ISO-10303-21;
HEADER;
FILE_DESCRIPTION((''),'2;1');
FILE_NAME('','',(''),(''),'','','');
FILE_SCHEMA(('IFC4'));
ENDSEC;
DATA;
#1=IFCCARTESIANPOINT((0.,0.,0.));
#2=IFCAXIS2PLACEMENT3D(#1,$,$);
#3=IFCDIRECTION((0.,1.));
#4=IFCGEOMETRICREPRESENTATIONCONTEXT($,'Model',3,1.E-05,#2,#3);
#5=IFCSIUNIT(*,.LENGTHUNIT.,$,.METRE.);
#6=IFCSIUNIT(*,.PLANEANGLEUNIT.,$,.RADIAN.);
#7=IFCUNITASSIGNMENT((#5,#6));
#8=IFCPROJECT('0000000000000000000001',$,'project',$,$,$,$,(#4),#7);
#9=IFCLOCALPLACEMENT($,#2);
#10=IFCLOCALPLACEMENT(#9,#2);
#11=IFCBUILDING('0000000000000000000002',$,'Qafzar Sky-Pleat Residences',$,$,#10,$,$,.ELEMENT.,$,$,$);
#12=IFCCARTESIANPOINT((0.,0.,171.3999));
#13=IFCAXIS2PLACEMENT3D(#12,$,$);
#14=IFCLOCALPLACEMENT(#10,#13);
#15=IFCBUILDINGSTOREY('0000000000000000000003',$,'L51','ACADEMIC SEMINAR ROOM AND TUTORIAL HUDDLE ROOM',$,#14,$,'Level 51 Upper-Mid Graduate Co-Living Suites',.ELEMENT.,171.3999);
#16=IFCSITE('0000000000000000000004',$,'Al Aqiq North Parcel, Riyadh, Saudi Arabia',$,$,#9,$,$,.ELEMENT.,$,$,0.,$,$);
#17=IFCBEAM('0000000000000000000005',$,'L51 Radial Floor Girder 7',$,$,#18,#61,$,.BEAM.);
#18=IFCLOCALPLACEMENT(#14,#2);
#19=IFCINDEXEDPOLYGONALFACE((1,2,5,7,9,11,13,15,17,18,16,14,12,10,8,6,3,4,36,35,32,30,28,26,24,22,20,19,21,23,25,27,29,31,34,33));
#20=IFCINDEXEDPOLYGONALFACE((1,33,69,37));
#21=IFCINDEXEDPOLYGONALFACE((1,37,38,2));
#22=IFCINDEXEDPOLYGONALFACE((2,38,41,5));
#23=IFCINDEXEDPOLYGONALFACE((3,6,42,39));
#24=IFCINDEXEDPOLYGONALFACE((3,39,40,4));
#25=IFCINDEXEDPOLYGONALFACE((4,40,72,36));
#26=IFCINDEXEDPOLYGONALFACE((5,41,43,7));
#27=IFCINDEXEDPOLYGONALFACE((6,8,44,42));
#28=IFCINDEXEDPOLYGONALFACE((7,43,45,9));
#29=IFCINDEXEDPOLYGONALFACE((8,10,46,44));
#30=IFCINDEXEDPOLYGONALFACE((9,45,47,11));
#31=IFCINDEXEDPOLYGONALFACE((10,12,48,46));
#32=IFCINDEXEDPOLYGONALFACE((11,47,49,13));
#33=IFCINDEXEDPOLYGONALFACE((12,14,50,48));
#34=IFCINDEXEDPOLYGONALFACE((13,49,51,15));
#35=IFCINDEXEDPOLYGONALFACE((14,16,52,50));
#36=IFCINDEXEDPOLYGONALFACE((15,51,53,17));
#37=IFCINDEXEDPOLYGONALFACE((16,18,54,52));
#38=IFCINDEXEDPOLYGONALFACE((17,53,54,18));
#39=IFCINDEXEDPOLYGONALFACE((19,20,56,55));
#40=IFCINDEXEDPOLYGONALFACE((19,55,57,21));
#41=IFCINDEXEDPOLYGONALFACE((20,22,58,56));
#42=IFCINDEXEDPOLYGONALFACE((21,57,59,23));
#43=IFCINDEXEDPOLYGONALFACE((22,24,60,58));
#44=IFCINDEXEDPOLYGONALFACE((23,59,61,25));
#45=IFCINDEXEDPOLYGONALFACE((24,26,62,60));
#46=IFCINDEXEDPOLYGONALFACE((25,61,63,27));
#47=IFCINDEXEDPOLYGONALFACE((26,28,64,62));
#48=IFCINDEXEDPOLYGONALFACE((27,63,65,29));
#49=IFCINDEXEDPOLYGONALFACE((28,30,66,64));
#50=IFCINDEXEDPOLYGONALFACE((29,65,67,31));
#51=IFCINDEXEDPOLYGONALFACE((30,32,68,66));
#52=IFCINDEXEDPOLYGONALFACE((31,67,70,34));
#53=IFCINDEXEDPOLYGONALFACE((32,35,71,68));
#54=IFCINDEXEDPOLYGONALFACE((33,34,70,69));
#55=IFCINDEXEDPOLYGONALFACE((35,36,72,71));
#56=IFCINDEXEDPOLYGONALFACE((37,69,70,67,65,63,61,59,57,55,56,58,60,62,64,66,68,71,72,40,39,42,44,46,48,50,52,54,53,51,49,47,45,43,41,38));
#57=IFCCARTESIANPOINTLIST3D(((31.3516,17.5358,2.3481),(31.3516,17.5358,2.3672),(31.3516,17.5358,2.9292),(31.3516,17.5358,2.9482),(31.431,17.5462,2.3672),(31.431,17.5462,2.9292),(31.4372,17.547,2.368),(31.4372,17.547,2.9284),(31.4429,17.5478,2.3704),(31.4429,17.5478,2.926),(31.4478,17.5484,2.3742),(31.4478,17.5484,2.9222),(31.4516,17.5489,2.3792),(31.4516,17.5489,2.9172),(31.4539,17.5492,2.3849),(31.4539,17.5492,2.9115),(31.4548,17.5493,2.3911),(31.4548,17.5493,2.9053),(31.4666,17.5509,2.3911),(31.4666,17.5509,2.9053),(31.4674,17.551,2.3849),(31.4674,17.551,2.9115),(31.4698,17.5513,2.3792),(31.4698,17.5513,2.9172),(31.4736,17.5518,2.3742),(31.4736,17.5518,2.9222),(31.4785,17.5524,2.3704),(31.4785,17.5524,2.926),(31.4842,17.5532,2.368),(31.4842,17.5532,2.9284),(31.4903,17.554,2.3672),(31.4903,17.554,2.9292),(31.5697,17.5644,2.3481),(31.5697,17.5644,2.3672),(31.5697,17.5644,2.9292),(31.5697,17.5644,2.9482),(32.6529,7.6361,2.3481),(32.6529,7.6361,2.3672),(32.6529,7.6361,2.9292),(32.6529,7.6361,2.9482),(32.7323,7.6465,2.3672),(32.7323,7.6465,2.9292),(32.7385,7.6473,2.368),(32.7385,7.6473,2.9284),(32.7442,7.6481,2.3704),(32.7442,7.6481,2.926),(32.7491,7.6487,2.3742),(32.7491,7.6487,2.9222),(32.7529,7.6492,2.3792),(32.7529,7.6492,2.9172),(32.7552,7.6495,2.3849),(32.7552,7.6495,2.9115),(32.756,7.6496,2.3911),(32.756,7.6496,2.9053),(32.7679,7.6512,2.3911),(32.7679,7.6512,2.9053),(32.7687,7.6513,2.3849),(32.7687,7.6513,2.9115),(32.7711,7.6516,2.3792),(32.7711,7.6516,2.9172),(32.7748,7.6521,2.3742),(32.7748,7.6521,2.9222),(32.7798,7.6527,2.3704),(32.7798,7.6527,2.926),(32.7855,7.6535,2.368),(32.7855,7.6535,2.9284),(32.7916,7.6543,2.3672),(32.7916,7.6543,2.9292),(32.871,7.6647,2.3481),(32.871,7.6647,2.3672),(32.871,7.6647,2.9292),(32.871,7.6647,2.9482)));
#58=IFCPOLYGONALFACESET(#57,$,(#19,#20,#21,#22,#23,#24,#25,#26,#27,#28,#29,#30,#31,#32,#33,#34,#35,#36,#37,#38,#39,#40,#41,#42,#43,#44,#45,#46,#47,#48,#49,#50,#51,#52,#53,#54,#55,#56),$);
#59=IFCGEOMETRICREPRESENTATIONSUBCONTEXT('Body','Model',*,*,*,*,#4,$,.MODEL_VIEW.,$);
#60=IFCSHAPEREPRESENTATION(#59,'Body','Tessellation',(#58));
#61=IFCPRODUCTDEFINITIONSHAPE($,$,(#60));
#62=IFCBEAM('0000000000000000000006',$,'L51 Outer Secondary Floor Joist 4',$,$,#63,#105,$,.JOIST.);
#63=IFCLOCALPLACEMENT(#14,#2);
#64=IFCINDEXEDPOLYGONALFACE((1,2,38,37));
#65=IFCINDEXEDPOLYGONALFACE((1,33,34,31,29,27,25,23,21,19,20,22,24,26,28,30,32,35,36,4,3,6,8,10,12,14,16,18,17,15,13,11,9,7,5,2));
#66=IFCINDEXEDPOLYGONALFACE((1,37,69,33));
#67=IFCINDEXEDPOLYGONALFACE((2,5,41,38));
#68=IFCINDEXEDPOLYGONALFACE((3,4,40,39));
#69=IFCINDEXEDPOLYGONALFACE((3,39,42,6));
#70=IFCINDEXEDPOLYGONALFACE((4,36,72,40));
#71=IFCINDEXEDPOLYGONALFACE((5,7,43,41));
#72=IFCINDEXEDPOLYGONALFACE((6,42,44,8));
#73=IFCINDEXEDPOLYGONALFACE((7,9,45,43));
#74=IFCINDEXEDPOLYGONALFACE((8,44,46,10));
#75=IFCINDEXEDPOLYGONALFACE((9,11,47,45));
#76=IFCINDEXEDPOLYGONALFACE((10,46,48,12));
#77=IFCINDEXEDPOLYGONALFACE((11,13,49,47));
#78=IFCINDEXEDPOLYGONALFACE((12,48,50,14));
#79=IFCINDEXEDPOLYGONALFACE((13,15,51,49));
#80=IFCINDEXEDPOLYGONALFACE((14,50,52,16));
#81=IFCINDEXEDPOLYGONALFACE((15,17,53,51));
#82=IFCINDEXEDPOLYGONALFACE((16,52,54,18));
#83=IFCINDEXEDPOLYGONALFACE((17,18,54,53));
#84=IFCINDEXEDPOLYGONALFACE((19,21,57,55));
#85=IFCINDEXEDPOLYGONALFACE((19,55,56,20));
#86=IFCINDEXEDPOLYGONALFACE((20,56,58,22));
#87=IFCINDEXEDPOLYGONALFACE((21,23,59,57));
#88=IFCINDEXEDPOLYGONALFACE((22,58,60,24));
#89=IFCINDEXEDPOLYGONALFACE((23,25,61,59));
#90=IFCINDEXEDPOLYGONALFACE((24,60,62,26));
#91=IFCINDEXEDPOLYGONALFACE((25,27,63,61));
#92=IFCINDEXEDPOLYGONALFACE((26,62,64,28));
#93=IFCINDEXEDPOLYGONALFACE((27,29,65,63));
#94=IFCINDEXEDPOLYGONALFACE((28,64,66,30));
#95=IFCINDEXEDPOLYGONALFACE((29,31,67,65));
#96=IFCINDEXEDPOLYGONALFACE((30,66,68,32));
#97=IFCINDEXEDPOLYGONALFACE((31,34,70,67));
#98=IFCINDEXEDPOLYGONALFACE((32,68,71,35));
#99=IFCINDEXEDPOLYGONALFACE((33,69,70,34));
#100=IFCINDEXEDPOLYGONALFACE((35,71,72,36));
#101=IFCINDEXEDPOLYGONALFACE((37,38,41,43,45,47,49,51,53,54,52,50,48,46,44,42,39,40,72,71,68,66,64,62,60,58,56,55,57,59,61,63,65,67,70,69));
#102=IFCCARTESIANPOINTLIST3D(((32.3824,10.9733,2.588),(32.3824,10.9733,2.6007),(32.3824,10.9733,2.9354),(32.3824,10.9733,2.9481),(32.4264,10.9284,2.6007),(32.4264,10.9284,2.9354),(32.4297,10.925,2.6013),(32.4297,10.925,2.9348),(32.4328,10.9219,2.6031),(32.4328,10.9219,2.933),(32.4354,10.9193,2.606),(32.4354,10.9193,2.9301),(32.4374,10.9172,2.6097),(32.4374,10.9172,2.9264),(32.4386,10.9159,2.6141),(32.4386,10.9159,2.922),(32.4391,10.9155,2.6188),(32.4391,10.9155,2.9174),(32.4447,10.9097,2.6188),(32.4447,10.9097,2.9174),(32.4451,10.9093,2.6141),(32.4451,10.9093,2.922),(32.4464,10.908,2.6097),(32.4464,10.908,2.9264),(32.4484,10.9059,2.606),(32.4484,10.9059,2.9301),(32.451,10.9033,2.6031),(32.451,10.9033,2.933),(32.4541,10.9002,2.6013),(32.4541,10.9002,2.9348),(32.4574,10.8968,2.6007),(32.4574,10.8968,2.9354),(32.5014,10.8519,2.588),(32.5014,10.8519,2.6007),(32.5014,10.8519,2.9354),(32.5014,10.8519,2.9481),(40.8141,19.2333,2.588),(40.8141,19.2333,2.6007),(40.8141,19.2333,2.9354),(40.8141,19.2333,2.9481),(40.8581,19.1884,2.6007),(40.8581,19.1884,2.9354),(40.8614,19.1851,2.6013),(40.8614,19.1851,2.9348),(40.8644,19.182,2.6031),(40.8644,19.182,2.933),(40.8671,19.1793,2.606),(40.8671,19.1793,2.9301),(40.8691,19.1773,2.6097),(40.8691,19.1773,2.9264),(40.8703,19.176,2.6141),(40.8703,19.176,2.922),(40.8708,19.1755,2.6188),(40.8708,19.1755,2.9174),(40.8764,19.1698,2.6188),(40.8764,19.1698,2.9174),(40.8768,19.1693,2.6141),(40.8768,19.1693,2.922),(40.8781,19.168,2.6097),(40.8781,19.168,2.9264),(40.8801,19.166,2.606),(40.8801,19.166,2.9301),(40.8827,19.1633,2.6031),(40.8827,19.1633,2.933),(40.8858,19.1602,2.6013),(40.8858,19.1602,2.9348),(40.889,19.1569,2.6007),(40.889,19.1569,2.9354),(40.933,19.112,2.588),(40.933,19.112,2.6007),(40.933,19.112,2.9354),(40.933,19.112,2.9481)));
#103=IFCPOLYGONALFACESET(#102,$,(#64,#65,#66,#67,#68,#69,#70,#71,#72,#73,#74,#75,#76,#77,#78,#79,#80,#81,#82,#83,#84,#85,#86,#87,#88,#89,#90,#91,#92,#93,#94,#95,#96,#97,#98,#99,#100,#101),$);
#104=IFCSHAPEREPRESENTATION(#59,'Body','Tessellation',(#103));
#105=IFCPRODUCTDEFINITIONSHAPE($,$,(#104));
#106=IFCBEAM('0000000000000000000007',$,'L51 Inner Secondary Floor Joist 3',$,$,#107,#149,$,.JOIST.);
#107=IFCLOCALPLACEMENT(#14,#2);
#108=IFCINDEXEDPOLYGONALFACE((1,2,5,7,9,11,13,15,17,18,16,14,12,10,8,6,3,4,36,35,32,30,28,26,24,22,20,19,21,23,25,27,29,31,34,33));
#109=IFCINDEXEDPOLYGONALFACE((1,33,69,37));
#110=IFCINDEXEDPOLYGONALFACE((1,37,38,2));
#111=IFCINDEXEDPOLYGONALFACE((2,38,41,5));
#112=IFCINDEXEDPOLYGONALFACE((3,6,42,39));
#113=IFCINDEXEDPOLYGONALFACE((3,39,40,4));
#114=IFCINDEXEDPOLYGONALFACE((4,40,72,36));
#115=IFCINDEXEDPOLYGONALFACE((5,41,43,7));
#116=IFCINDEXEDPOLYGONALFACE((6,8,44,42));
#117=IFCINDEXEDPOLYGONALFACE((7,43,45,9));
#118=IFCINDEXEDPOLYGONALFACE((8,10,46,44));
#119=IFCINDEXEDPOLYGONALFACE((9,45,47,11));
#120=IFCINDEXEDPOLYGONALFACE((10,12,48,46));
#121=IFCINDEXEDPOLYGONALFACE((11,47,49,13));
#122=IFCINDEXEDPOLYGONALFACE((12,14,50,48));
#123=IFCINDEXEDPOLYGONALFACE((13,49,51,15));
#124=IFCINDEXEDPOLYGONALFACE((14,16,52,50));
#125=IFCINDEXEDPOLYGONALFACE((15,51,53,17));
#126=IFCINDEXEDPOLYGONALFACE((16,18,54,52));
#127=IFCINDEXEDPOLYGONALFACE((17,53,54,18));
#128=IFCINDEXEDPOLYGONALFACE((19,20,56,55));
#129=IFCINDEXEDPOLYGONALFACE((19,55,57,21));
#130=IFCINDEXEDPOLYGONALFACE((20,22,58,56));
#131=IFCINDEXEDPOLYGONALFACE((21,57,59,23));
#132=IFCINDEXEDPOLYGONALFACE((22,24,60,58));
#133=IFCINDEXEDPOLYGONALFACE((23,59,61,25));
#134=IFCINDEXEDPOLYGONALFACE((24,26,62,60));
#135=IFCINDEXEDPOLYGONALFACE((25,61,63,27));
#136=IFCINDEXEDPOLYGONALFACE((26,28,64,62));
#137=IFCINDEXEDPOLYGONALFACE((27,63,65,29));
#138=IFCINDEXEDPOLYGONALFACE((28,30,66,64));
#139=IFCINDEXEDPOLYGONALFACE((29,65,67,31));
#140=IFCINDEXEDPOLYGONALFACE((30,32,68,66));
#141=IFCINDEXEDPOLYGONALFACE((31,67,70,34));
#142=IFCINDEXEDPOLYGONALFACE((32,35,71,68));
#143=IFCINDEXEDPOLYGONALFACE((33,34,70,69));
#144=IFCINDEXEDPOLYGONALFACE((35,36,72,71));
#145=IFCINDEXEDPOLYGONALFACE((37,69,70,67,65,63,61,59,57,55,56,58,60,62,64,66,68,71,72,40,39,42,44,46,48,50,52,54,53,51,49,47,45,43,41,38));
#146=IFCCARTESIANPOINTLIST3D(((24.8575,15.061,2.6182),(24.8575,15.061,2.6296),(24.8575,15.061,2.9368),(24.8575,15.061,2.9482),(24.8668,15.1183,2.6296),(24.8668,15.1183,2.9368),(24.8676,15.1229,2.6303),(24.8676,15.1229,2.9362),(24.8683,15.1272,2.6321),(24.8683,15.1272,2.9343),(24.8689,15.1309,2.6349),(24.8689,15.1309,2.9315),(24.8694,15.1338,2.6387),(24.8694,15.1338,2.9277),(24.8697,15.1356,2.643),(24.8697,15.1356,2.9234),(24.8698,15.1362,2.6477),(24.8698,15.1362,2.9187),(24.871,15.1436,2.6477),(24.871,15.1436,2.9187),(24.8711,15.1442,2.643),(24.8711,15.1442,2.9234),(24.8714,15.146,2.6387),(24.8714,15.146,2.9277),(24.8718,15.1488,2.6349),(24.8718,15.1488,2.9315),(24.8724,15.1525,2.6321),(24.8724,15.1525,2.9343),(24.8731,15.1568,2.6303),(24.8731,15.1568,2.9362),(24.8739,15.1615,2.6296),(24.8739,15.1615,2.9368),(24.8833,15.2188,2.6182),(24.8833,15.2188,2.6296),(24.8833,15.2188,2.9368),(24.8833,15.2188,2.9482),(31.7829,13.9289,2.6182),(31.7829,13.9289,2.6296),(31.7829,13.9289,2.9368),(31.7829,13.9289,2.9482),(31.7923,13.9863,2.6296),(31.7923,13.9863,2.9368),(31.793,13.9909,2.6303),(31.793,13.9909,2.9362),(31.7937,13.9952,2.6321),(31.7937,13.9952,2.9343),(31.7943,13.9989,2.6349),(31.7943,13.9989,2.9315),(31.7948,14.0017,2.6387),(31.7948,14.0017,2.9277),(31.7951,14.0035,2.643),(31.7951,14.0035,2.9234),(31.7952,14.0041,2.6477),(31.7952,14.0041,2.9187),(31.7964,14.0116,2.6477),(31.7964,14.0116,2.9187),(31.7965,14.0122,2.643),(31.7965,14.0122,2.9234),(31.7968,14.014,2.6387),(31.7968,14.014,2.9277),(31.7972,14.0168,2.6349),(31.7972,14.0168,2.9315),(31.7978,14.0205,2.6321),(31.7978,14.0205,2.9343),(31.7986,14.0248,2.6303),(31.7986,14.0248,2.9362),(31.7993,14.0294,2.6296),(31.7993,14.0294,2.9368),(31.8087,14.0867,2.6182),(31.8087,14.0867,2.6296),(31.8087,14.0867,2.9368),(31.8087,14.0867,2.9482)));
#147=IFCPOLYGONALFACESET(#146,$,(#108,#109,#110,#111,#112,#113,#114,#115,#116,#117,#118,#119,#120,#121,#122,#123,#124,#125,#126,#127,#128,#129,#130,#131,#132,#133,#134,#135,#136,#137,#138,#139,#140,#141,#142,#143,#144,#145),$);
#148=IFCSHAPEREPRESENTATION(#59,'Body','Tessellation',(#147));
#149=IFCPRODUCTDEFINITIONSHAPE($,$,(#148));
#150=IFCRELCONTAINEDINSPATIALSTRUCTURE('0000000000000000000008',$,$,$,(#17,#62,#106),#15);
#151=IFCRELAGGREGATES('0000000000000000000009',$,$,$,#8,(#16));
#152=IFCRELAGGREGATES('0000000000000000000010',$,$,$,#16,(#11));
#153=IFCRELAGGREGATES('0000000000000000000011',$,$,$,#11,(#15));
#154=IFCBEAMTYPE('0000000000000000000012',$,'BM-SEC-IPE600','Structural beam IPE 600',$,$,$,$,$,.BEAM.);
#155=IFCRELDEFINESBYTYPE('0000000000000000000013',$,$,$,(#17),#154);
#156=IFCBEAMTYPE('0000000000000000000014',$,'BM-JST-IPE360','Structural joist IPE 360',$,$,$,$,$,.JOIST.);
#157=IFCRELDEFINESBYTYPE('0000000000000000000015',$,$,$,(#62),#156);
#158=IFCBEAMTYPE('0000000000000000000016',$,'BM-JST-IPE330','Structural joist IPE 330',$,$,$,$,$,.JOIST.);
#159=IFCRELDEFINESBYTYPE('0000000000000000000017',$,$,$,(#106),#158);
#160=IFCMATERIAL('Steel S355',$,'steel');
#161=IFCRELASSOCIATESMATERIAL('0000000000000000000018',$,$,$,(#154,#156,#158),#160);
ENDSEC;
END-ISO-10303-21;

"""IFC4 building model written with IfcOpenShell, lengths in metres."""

from ifc_helpers import new_model, si_unit, direction, frame, origin, origin_2d, place, context, subcontext, project, spatial, i_section, extrude, source, transform, mapped, material, material_profile, profile_set, type_object, element, save


model = new_model("IFC4")

# Units and contexts
model_context = context("Model", 3, precision=1e-05, world=origin(), true_north=direction((0.0, 1.0)))
body_context = subcontext(model_context, "Body", "Model", "MODEL_VIEW")
ifc_project = project(units=[si_unit("LENGTHUNIT", "METRE"), si_unit("PLANEANGLEUNIT", "RADIAN")], contexts=[model_context])

# Site, building, storey
site_placement = place(None, origin())
site = spatial("IfcSite", under=ifc_project, at=site_placement, Name="Al Aqiq North Parcel, Riyadh, Saudi Arabia", CompositionType="ELEMENT", RefElevation=0.0)
building_placement = place(site_placement, origin())
building = spatial("IfcBuilding", under=site, at=building_placement, Name="Qafzar Sky-Pleat Residences", CompositionType="ELEMENT")
storey_placement = place(building_placement, frame((0.0, 0.0, 171.3999)))
storey = spatial("IfcBuildingStorey", under=building, at=storey_placement, Name="L51", Description="ACADEMIC SEMINAR ROOM AND TUTORIAL HUDDLE ROOM", LongName="Level 51 Upper-Mid Graduate Co-Living Suites", CompositionType="ELEMENT", Elevation=171.3999)

# Shared definitions
ifc_material_1 = material(Name="Steel S355", Category="steel")

# Beams
ifc_material_profile_1 = material_profile(ifc_material_1, i_section(OverallWidth=0.22, OverallDepth=0.6001, WebThickness=0.012, FlangeThickness=0.019, FilletRadius=0.0239, at=origin_2d()), Name="IPE 600")
ifc_profile_set_1 = profile_set([ifc_material_profile_1], Name="Steel S355")
beam_type_1 = type_object("IfcBeamType", Name="BM-SEC-IPE600", Description="Structural beam IPE 600", PredefinedType="BEAM", material=ifc_profile_set_1)
shared_shape_1 = source(origin(), body_context, "Body", "SweptSolid", [
    extrude(i_section(OverallWidth=0.22, OverallDepth=0.6001, WebThickness=0.012, FlangeThickness=0.019, FilletRadius=0.0239, at=origin_2d()), origin(), (0.0, 0.0, 1.0), 9.9849),
])
beam_1_placement = place(storey_placement, frame((32.762, 7.6504, 2.6482), z_axis=(-0.130325, 0.991471, 0.0), x_axis=(-0.991471, -0.130325, 0.0)))
element("IfcBeam", 1, at=beam_1_placement, inside=storey, type_object=beam_type_1, Name="L51 Radial Floor Girder 7", PredefinedType="BEAM", context=body_context, shape_type="MappedRepresentation", body=[
    mapped(shared_shape_1, transform((0.0, 0.0, 0.0), x_axis=(1.0, 0.0, 0.0), y_axis=(0.0, 1.0, 0.0), z_axis=(0.0, 0.0, 1.0), scale=1.0)),
])
ifc_material_profile_2 = material_profile(ifc_material_1, i_section(OverallWidth=0.1699, OverallDepth=0.3601, WebThickness=0.0081, FlangeThickness=0.0127, FilletRadius=0.0181, at=origin_2d()), Name="IPE 360")
ifc_profile_set_2 = profile_set([ifc_material_profile_2], Name="Steel S355")
beam_type_2 = type_object("IfcBeamType", Name="BM-JST-IPE360", Description="Structural joist IPE 360", PredefinedType="JOIST", material=ifc_profile_set_2)
shared_shape_2 = source(origin(), body_context, "Body", "SweptSolid", [
    extrude(i_section(OverallWidth=0.1699, OverallDepth=0.3601, WebThickness=0.0081, FlangeThickness=0.0127, FilletRadius=0.0181, at=origin_2d()), origin(), (0.0, 0.0, 1.0), 11.8035),
])
beam_2_placement = place(storey_placement, frame((32.4419, 10.9126, 2.7681), z_axis=(0.71434, 0.699799, 0.0), x_axis=(-0.699799, 0.71434, 0.0)))
element("IfcBeam", 2, at=beam_2_placement, inside=storey, type_object=beam_type_2, Name="L51 Outer Secondary Floor Joist 4", PredefinedType="JOIST", context=body_context, shape_type="MappedRepresentation", body=[
    mapped(shared_shape_2, transform((0.0, 0.0, 0.0), x_axis=(1.0, 0.0, 0.0), y_axis=(0.0, 1.0, 0.0), z_axis=(0.0, 0.0, 1.0), scale=1.0)),
])
ifc_material_profile_3 = material_profile(ifc_material_1, i_section(OverallWidth=0.1599, OverallDepth=0.3301, WebThickness=0.0076, FlangeThickness=0.0115, FilletRadius=0.0181, at=origin_2d()), Name="IPE 330")
ifc_profile_set_3 = profile_set([ifc_material_profile_3], Name="Steel S355")
beam_type_3 = type_object("IfcBeamType", Name="BM-JST-IPE330", Description="Structural joist IPE 330", PredefinedType="JOIST", material=ifc_profile_set_3)
shared_shape_3 = source(origin(), body_context, "Body", "SweptSolid", [
    extrude(i_section(OverallWidth=0.1599, OverallDepth=0.3301, WebThickness=0.0076, FlangeThickness=0.0115, FilletRadius=0.0181, at=origin_2d()), origin(), (0.0, 0.0, 1.0), 7.0173),
])
beam_3_placement = place(storey_placement, frame((24.8704, 15.1399, 2.7832), z_axis=(0.986902, -0.161323, 0.0), x_axis=(0.161323, 0.986902, 0.0)))
element("IfcBeam", 3, at=beam_3_placement, inside=storey, type_object=beam_type_3, Name="L51 Inner Secondary Floor Joist 3", PredefinedType="JOIST", context=body_context, shape_type="MappedRepresentation", body=[
    mapped(shared_shape_3, transform((0.0, 0.0, 0.0), x_axis=(1.0, 0.0, 0.0), y_axis=(0.0, 1.0, 0.0), z_axis=(0.0, 0.0, 1.0), scale=1.0)),
])

save(model, "model.ifc")
